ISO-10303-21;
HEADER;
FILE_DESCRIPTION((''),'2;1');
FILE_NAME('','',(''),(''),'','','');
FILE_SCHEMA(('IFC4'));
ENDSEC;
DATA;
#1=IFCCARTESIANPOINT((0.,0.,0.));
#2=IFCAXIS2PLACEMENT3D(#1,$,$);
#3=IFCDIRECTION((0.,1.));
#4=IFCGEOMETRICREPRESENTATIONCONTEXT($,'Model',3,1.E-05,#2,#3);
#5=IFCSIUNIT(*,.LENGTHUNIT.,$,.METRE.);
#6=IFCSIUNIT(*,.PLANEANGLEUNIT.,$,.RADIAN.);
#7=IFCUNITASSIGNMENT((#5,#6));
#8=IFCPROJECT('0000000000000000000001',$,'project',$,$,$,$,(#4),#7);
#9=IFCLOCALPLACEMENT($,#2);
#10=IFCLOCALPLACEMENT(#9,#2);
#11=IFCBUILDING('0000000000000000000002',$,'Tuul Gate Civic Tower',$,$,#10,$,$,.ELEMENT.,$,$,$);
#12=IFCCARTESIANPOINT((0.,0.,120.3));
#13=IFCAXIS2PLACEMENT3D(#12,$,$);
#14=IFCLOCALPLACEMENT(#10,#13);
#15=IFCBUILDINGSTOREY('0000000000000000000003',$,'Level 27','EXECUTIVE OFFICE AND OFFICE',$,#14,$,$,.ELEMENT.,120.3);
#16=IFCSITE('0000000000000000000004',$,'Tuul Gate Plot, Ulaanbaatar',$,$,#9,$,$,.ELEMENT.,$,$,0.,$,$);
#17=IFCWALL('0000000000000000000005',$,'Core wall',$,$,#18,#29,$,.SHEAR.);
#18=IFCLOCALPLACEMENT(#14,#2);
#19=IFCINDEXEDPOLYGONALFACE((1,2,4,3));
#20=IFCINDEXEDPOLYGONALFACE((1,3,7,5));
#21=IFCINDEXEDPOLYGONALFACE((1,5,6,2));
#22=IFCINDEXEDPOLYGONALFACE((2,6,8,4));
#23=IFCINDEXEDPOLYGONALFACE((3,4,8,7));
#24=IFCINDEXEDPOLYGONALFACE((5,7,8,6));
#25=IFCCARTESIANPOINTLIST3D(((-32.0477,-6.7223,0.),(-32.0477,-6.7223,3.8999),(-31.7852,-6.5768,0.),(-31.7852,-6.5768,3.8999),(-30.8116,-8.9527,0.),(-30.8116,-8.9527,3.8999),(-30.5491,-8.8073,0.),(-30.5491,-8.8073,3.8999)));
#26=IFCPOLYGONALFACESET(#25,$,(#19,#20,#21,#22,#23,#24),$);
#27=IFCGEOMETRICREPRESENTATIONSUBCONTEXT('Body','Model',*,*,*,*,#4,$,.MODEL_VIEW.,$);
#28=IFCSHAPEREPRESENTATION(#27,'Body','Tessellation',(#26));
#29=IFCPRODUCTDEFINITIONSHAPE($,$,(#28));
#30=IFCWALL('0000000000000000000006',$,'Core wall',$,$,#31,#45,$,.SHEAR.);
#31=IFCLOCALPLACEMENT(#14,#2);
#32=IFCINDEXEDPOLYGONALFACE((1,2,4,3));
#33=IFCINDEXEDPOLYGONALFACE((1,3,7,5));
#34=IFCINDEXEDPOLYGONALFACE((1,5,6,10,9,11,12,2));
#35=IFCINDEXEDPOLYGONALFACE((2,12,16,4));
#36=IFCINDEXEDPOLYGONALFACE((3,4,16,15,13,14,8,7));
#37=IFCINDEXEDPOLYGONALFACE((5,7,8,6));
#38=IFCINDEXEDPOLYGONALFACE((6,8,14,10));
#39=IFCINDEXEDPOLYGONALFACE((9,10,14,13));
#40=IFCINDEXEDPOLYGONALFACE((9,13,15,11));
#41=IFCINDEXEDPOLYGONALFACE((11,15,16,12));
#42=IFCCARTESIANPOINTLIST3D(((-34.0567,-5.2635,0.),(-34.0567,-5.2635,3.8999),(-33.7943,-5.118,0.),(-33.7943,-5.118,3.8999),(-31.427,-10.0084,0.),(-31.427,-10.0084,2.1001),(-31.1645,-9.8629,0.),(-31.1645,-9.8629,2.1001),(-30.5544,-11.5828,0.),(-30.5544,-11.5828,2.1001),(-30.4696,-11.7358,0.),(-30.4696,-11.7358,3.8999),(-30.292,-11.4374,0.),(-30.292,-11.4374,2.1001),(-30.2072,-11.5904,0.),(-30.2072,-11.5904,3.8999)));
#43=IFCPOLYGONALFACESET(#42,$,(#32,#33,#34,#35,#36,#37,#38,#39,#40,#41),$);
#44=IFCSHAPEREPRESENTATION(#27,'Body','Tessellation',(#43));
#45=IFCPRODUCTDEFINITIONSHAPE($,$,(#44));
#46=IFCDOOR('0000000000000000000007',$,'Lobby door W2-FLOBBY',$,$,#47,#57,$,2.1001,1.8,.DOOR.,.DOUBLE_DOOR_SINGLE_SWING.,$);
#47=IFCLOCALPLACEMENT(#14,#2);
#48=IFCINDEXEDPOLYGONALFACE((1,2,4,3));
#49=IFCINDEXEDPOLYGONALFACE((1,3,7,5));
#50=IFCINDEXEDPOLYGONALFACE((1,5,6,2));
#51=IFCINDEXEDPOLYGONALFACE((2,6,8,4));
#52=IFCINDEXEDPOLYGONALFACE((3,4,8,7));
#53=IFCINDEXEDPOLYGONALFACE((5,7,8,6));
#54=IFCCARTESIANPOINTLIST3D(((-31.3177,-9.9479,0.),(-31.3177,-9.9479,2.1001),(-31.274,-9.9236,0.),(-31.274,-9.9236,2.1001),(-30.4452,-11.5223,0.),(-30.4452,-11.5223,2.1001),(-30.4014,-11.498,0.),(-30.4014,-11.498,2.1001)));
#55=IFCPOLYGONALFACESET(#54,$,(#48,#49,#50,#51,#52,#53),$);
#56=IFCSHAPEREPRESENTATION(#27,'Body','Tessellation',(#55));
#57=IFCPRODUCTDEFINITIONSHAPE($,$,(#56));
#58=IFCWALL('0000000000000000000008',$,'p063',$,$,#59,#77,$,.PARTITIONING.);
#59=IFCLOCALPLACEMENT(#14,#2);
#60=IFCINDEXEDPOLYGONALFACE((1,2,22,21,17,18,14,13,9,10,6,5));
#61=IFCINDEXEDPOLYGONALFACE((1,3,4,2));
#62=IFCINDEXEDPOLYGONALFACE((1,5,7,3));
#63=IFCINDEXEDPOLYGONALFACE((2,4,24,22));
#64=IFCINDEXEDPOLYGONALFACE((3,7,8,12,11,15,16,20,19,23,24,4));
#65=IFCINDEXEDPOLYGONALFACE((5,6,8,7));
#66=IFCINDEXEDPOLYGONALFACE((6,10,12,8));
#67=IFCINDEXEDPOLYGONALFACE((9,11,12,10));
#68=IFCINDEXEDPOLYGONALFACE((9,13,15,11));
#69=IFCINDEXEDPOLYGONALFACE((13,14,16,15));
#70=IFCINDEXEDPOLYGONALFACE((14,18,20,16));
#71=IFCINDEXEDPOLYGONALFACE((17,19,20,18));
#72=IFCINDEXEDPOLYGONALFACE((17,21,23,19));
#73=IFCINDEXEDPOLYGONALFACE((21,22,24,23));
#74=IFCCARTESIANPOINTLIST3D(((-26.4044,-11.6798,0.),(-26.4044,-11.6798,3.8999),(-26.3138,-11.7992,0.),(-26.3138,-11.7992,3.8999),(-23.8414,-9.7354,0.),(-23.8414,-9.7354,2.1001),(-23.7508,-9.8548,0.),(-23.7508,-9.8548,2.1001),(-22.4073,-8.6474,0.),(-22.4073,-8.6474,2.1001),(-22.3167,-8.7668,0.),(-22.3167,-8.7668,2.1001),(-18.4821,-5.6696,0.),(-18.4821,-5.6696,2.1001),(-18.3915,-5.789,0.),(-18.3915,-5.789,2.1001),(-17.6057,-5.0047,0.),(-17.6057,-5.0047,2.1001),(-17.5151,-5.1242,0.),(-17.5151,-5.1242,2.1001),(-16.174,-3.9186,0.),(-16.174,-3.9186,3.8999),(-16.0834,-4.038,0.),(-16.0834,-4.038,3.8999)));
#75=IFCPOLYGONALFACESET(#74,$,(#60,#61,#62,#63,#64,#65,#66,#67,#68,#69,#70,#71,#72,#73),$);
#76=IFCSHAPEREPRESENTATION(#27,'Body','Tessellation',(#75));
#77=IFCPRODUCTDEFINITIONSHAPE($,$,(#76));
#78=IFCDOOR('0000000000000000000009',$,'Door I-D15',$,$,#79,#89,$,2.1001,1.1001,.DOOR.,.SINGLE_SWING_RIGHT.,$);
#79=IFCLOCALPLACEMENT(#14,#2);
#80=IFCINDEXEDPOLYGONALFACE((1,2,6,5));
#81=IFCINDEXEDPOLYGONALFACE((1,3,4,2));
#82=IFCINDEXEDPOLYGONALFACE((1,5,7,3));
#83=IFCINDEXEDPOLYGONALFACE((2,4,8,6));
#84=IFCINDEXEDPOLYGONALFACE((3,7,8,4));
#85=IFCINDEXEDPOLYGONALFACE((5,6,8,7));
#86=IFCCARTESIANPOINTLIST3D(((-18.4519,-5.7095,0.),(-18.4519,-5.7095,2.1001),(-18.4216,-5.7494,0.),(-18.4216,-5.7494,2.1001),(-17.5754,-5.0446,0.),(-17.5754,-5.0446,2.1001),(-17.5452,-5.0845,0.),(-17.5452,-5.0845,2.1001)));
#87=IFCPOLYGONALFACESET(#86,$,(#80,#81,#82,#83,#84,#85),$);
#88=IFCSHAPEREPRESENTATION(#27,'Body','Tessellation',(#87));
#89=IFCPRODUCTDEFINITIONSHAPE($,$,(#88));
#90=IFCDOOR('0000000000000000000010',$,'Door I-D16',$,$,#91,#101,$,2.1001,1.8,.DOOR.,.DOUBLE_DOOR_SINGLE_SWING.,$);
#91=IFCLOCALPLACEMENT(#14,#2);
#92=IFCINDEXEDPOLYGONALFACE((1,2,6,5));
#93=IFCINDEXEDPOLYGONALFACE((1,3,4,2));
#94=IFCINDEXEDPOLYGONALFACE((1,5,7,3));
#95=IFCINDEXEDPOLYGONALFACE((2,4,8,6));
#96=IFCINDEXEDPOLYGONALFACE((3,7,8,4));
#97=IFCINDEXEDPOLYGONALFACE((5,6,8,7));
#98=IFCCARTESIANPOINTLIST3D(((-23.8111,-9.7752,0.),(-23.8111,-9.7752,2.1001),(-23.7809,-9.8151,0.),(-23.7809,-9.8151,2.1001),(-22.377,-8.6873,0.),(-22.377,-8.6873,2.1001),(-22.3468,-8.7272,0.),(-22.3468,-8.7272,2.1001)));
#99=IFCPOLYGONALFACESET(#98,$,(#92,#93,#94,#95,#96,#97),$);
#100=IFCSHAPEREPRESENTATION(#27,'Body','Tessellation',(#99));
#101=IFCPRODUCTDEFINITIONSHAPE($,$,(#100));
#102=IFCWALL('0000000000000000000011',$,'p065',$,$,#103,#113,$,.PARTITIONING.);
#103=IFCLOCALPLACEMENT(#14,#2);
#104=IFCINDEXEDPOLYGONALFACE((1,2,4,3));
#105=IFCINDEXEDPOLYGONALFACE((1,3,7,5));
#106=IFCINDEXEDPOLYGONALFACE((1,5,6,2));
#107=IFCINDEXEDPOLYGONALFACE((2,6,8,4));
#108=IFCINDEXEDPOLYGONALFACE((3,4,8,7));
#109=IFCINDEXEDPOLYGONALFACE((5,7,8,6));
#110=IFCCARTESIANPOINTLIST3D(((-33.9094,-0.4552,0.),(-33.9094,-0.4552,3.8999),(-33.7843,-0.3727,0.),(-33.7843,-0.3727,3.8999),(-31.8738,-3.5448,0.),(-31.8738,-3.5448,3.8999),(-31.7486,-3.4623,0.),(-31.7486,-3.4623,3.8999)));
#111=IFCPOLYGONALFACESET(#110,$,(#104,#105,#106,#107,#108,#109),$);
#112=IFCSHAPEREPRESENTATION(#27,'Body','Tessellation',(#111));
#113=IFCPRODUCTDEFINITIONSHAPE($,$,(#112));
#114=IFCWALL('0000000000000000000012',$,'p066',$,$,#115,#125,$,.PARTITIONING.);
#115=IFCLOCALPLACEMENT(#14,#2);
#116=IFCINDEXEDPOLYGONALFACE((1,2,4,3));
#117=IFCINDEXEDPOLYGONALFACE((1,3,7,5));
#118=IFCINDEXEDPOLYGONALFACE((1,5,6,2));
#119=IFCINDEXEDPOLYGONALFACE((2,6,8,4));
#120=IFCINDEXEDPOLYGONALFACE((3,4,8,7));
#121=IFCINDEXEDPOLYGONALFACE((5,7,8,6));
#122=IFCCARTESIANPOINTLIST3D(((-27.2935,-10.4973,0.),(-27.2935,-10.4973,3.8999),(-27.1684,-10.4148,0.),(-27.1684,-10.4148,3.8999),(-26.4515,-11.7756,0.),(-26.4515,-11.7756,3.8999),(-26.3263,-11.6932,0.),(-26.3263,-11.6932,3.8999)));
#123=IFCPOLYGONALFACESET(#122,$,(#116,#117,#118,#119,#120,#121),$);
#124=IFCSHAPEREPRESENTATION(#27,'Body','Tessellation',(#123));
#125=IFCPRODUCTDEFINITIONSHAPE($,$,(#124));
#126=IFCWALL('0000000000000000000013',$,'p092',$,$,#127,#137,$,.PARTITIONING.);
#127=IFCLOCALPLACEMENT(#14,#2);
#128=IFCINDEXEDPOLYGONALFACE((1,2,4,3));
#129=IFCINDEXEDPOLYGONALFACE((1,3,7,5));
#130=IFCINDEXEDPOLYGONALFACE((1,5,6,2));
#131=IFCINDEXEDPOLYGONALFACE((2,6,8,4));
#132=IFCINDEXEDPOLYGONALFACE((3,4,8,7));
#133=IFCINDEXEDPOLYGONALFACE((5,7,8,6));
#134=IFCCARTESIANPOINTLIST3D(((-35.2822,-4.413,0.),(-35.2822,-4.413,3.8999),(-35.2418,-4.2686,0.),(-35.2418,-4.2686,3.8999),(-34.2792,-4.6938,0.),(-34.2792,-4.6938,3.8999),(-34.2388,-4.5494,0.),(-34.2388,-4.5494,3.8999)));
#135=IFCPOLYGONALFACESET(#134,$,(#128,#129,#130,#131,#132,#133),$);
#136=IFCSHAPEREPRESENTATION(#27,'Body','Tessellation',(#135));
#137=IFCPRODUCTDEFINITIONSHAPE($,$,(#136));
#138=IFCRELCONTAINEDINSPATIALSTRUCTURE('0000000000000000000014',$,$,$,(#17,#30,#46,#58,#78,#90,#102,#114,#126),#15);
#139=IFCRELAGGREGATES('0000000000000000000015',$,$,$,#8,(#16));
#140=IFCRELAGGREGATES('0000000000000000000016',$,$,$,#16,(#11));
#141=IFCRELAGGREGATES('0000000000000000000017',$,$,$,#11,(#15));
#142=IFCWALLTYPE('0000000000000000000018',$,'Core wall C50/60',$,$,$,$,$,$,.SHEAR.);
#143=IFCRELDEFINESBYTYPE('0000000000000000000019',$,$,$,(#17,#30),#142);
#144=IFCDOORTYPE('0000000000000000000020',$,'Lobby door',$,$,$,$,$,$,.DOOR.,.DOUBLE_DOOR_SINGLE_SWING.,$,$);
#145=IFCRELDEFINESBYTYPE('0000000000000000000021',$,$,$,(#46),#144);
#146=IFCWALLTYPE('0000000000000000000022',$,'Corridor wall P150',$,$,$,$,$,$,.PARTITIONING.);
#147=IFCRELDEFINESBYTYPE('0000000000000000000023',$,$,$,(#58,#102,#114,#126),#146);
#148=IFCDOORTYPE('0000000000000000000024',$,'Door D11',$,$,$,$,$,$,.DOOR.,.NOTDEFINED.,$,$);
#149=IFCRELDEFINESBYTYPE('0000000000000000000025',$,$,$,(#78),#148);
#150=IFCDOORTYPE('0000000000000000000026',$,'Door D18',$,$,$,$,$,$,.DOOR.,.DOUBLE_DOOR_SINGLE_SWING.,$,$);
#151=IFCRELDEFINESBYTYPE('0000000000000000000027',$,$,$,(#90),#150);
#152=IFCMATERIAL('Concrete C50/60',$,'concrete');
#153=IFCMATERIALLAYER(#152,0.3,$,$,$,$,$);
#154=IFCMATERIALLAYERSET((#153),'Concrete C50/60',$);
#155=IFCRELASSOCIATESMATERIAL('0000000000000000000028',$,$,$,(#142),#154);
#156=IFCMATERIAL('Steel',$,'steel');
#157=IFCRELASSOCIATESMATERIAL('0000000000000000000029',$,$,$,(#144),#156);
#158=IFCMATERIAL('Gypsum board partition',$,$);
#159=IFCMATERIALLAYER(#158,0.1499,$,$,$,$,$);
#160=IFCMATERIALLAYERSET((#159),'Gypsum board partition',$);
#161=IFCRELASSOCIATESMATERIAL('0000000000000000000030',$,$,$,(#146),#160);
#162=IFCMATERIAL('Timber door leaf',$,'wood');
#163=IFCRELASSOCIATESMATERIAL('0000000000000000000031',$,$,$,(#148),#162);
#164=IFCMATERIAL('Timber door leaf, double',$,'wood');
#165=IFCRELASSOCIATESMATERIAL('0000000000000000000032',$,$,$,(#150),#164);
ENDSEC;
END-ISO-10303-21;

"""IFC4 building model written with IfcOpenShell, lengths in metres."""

from ifc_helpers import new_model, si_unit, direction, frame, frame_2d, origin, place, context, subcontext, project, spatial, rectangle, extrude, material, layer, layer_set, type_object, element, fill, save


model = new_model("IFC4")

# Units and contexts
model_context = context("Model", 3, precision=1e-05, world=origin(), true_north=direction((0.0, 1.0)))
body_context = subcontext(model_context, "Body", "Model", "MODEL_VIEW")
ifc_project = project(units=[si_unit("LENGTHUNIT", "METRE"), si_unit("PLANEANGLEUNIT", "RADIAN")], contexts=[model_context])

# Site, building, storey
site_placement = place(None, origin())
site = spatial("IfcSite", under=ifc_project, at=site_placement, Name="Tuul Gate Plot, Ulaanbaatar", CompositionType="ELEMENT", RefElevation=0.0)
building_placement = place(site_placement, origin())
building = spatial("IfcBuilding", under=site, at=building_placement, Name="Tuul Gate Civic Tower", CompositionType="ELEMENT")
storey_placement = place(building_placement, frame((0.0, 0.0, 120.3)))
storey = spatial("IfcBuildingStorey", under=building, at=storey_placement, Name="Level 27", Description="EXECUTIVE OFFICE AND OFFICE", CompositionType="ELEMENT", Elevation=120.3)

# Shared definitions
ifc_material_1 = material(Name="Concrete C50/60", Category="concrete")
ifc_layer_1 = layer(ifc_material_1, 0.3)
ifc_layer_set_1 = layer_set([ifc_layer_1], Name="Concrete C50/60")
wall_type_1 = type_object("IfcWallType", Name="Core wall C50/60", PredefinedType="SHEAR", material=ifc_layer_set_1)

# Wall
wall_1_placement = place(storey_placement, frame((-30.6804, -8.8799, 0.0), z_axis=(0.0, 0.0, 1.0), x_axis=(-0.484724, 0.874667, 0.0)))
element("IfcWall", 1, at=wall_1_placement, inside=storey, type_object=wall_type_1, Name="Core wall", PredefinedType="SHEAR", context=body_context, shape_type="SweptSolid", body=[
    extrude(rectangle(XDim=2.55, YDim=0.3, at=frame_2d((1.2749, 0.0))), origin(), (0.0, 0.0, 1.0), 3.8999),
])

# Wall, opening, door
wall_2_placement = place(storey_placement, frame((-30.3384, -11.6631, 0.0), z_axis=(0.0, 0.0, 1.0), x_axis=(-0.484752, 0.874652, 0.0)))
wall_2 = element("IfcWall", 2, at=wall_2_placement, inside=storey, type_object=wall_type_1, Name="Core wall", PredefinedType="SHEAR", context=body_context, shape_type="SweptSolid", body=[
    extrude(rectangle(XDim=7.3999, YDim=0.3, at=frame_2d((3.7, 0.0))), origin(), (0.0, 0.0, 1.0), 3.8999),
])
opening_1_placement = place(wall_2_placement, frame((0.175, 0.0, 0.0)))
opening_1 = element("IfcOpeningElement", 3, at=opening_1_placement, cuts=wall_2, PredefinedType="OPENING", context=body_context, shape_type="SweptSolid", body=[
    extrude(rectangle(XDim=1.8, YDim=2.1001, at=frame_2d((0.8999, 1.05))), frame((0.0, 0.1602, 0.0), z_axis=(0.0, -1.0, 0.0), x_axis=(1.0, 0.0, 0.0)), (0.0, 0.0, 1.0), 0.3201),
])
ifc_material_2 = material(Name="Steel", Category="steel")
door_type_1 = type_object("IfcDoorType", Name="Lobby door", OperationType="DOUBLE_DOOR_SINGLE_SWING", PredefinedType="DOOR", material=ifc_material_2)
door_1_placement = place(opening_1_placement, frame((1.8, 0.0, 0.0), z_axis=(0.0, 0.0, 1.0), x_axis=(-1.0, 0.0, 0.0)))
door_1 = element("IfcDoor", 4, at=door_1_placement, inside=storey, type_object=door_type_1, Name="Lobby door W2-FLOBBY", OperationType="DOUBLE_DOOR_SINGLE_SWING", OverallHeight=2.1001, OverallWidth=1.8, PredefinedType="DOOR", context=body_context, shape_type="SweptSolid", body=[
    extrude(rectangle(XDim=1.8, YDim=2.1001, at=frame_2d((0.9001, 1.05))), frame((0.0, 0.0249, 0.0), z_axis=(0.0, -1.0, 0.0), x_axis=(1.0, 0.0, 0.0)), (0.0, 0.0, 1.0), 0.05),
])
fill(opening_1, door_1)

# Wall, openings, doors
ifc_material_3 = material(Name="Gypsum board partition")
ifc_layer_2 = layer(ifc_material_3, 0.1499)
ifc_layer_set_2 = layer_set([ifc_layer_2], Name="Gypsum board partition")
wall_type_2 = type_object("IfcWallType", Name="Corridor wall P150", PredefinedType="PARTITIONING", material=ifc_layer_set_2)
wall_3_placement = place(storey_placement, frame((-26.3591, -11.7395, 0.0), z_axis=(0.0, 0.0, 1.0), x_axis=(0.796684, 0.604396, 0.0)))
wall_3 = element("IfcWall", 5, at=wall_3_placement, inside=storey, type_object=wall_type_2, Name="p063", PredefinedType="PARTITIONING", context=body_context, shape_type="SweptSolid", body=[
    extrude(rectangle(XDim=12.8413, YDim=0.1499, at=frame_2d((6.4207, 0.0))), origin(), (0.0, 0.0, 1.0), 3.8999),
])
opening_2_placement = place(wall_3_placement, frame((9.9441, 0.0, 0.0)))
opening_2 = element("IfcOpeningElement", 6, at=opening_2_placement, cuts=wall_3, PredefinedType="OPENING", context=body_context, shape_type="SweptSolid", body=[
    extrude(rectangle(XDim=1.1001, YDim=2.1001, at=frame_2d((0.55, 1.05))), frame((0.0, 0.085, 0.0), z_axis=(0.0, -1.0, 0.0), x_axis=(1.0, 0.0, 0.0)), (0.0, 0.0, 1.0), 0.1699),
])
opening_3_placement = place(wall_3_placement, frame((3.2173, 0.0, 0.0)))
opening_3 = element("IfcOpeningElement", 7, at=opening_3_placement, cuts=wall_3, PredefinedType="OPENING", context=body_context, shape_type="SweptSolid", body=[
    extrude(rectangle(XDim=1.8, YDim=2.1001, at=frame_2d((0.8999, 1.05))), frame((0.0, 0.085, 0.0), z_axis=(0.0, -1.0, 0.0), x_axis=(1.0, 0.0, 0.0)), (0.0, 0.0, 1.0), 0.1699),
])
ifc_material_4 = material(Name="Timber door leaf", Category="wood")
door_type_2 = type_object("IfcDoorType", Name="Door D11", OperationType="NOTDEFINED", PredefinedType="DOOR", material=ifc_material_4)
door_2_placement = place(opening_2_placement, origin())
door_2 = element("IfcDoor", 8, at=door_2_placement, inside=storey, type_object=door_type_2, Name="Door I-D15", OperationType="SINGLE_SWING_RIGHT", OverallHeight=2.1001, OverallWidth=1.1001, PredefinedType="DOOR", context=body_context, shape_type="SweptSolid", body=[
    extrude(rectangle(XDim=1.1001, YDim=2.1001, at=frame_2d((0.55, 1.05))), frame((0.0, 0.0249, 0.0), z_axis=(0.0, -1.0, 0.0), x_axis=(1.0, 0.0, 0.0)), (0.0, 0.0, 1.0), 0.05),
])
fill(opening_2, door_2)
ifc_material_5 = material(Name="Timber door leaf, double", Category="wood")
door_type_3 = type_object("IfcDoorType", Name="Door D18", OperationType="DOUBLE_DOOR_SINGLE_SWING", PredefinedType="DOOR", material=ifc_material_5)
door_3_placement = place(opening_3_placement, origin())
door_3 = element("IfcDoor", 9, at=door_3_placement, inside=storey, type_object=door_type_3, Name="Door I-D16", OperationType="DOUBLE_DOOR_SINGLE_SWING", OverallHeight=2.1001, OverallWidth=1.8, PredefinedType="DOOR", context=body_context, shape_type="SweptSolid", body=[
    extrude(rectangle(XDim=1.8, YDim=2.1001, at=frame_2d((0.8999, 1.05))), frame((0.0, 0.0249, 0.0), z_axis=(0.0, -1.0, 0.0), x_axis=(1.0, 0.0, 0.0)), (0.0, 0.0, 1.0), 0.05),
])
fill(opening_3, door_3)

# Walls
wall_4_placement = place(storey_placement, frame((-33.8469, -0.4138, 0.0), z_axis=(0.0, 0.0, 1.0), x_axis=(0.550185, -0.835043, 0.0)))
element("IfcWall", 10, at=wall_4_placement, inside=storey, type_object=wall_type_2, Name="p065", PredefinedType="PARTITIONING", context=body_context, shape_type="SweptSolid", body=[
    extrude(rectangle(XDim=3.7, YDim=0.1499, at=frame_2d((1.8501, 0.0))), origin(), (0.0, 0.0, 1.0), 3.8999),
])
wall_5_placement = place(storey_placement, frame((-27.231, -10.4561, 0.0), z_axis=(0.0, 0.0, 1.0), x_axis=(0.550091, -0.835105, 0.0)))
element("IfcWall", 11, at=wall_5_placement, inside=storey, type_object=wall_type_2, Name="p066", PredefinedType="PARTITIONING", context=body_context, shape_type="SweptSolid", body=[
    extrude(rectangle(XDim=1.5308, YDim=0.1499, at=frame_2d((0.7654, 0.0))), origin(), (0.0, 0.0, 1.0), 3.8999),
])
wall_6_placement = place(storey_placement, frame((-35.262, -4.3408, 0.0), z_axis=(0.0, 0.0, 1.0), x_axis=(0.962979, -0.269578, 0.0)))
element("IfcWall", 12, at=wall_6_placement, inside=storey, type_object=wall_type_2, Name="p092", PredefinedType="PARTITIONING", context=body_context, shape_type="SweptSolid", body=[
    extrude(rectangle(XDim=1.0415, YDim=0.1499, at=frame_2d((0.5208, 0.0))), origin(), (0.0, 0.0, 1.0), 3.8999),
])

save(model, "model.ifc")
